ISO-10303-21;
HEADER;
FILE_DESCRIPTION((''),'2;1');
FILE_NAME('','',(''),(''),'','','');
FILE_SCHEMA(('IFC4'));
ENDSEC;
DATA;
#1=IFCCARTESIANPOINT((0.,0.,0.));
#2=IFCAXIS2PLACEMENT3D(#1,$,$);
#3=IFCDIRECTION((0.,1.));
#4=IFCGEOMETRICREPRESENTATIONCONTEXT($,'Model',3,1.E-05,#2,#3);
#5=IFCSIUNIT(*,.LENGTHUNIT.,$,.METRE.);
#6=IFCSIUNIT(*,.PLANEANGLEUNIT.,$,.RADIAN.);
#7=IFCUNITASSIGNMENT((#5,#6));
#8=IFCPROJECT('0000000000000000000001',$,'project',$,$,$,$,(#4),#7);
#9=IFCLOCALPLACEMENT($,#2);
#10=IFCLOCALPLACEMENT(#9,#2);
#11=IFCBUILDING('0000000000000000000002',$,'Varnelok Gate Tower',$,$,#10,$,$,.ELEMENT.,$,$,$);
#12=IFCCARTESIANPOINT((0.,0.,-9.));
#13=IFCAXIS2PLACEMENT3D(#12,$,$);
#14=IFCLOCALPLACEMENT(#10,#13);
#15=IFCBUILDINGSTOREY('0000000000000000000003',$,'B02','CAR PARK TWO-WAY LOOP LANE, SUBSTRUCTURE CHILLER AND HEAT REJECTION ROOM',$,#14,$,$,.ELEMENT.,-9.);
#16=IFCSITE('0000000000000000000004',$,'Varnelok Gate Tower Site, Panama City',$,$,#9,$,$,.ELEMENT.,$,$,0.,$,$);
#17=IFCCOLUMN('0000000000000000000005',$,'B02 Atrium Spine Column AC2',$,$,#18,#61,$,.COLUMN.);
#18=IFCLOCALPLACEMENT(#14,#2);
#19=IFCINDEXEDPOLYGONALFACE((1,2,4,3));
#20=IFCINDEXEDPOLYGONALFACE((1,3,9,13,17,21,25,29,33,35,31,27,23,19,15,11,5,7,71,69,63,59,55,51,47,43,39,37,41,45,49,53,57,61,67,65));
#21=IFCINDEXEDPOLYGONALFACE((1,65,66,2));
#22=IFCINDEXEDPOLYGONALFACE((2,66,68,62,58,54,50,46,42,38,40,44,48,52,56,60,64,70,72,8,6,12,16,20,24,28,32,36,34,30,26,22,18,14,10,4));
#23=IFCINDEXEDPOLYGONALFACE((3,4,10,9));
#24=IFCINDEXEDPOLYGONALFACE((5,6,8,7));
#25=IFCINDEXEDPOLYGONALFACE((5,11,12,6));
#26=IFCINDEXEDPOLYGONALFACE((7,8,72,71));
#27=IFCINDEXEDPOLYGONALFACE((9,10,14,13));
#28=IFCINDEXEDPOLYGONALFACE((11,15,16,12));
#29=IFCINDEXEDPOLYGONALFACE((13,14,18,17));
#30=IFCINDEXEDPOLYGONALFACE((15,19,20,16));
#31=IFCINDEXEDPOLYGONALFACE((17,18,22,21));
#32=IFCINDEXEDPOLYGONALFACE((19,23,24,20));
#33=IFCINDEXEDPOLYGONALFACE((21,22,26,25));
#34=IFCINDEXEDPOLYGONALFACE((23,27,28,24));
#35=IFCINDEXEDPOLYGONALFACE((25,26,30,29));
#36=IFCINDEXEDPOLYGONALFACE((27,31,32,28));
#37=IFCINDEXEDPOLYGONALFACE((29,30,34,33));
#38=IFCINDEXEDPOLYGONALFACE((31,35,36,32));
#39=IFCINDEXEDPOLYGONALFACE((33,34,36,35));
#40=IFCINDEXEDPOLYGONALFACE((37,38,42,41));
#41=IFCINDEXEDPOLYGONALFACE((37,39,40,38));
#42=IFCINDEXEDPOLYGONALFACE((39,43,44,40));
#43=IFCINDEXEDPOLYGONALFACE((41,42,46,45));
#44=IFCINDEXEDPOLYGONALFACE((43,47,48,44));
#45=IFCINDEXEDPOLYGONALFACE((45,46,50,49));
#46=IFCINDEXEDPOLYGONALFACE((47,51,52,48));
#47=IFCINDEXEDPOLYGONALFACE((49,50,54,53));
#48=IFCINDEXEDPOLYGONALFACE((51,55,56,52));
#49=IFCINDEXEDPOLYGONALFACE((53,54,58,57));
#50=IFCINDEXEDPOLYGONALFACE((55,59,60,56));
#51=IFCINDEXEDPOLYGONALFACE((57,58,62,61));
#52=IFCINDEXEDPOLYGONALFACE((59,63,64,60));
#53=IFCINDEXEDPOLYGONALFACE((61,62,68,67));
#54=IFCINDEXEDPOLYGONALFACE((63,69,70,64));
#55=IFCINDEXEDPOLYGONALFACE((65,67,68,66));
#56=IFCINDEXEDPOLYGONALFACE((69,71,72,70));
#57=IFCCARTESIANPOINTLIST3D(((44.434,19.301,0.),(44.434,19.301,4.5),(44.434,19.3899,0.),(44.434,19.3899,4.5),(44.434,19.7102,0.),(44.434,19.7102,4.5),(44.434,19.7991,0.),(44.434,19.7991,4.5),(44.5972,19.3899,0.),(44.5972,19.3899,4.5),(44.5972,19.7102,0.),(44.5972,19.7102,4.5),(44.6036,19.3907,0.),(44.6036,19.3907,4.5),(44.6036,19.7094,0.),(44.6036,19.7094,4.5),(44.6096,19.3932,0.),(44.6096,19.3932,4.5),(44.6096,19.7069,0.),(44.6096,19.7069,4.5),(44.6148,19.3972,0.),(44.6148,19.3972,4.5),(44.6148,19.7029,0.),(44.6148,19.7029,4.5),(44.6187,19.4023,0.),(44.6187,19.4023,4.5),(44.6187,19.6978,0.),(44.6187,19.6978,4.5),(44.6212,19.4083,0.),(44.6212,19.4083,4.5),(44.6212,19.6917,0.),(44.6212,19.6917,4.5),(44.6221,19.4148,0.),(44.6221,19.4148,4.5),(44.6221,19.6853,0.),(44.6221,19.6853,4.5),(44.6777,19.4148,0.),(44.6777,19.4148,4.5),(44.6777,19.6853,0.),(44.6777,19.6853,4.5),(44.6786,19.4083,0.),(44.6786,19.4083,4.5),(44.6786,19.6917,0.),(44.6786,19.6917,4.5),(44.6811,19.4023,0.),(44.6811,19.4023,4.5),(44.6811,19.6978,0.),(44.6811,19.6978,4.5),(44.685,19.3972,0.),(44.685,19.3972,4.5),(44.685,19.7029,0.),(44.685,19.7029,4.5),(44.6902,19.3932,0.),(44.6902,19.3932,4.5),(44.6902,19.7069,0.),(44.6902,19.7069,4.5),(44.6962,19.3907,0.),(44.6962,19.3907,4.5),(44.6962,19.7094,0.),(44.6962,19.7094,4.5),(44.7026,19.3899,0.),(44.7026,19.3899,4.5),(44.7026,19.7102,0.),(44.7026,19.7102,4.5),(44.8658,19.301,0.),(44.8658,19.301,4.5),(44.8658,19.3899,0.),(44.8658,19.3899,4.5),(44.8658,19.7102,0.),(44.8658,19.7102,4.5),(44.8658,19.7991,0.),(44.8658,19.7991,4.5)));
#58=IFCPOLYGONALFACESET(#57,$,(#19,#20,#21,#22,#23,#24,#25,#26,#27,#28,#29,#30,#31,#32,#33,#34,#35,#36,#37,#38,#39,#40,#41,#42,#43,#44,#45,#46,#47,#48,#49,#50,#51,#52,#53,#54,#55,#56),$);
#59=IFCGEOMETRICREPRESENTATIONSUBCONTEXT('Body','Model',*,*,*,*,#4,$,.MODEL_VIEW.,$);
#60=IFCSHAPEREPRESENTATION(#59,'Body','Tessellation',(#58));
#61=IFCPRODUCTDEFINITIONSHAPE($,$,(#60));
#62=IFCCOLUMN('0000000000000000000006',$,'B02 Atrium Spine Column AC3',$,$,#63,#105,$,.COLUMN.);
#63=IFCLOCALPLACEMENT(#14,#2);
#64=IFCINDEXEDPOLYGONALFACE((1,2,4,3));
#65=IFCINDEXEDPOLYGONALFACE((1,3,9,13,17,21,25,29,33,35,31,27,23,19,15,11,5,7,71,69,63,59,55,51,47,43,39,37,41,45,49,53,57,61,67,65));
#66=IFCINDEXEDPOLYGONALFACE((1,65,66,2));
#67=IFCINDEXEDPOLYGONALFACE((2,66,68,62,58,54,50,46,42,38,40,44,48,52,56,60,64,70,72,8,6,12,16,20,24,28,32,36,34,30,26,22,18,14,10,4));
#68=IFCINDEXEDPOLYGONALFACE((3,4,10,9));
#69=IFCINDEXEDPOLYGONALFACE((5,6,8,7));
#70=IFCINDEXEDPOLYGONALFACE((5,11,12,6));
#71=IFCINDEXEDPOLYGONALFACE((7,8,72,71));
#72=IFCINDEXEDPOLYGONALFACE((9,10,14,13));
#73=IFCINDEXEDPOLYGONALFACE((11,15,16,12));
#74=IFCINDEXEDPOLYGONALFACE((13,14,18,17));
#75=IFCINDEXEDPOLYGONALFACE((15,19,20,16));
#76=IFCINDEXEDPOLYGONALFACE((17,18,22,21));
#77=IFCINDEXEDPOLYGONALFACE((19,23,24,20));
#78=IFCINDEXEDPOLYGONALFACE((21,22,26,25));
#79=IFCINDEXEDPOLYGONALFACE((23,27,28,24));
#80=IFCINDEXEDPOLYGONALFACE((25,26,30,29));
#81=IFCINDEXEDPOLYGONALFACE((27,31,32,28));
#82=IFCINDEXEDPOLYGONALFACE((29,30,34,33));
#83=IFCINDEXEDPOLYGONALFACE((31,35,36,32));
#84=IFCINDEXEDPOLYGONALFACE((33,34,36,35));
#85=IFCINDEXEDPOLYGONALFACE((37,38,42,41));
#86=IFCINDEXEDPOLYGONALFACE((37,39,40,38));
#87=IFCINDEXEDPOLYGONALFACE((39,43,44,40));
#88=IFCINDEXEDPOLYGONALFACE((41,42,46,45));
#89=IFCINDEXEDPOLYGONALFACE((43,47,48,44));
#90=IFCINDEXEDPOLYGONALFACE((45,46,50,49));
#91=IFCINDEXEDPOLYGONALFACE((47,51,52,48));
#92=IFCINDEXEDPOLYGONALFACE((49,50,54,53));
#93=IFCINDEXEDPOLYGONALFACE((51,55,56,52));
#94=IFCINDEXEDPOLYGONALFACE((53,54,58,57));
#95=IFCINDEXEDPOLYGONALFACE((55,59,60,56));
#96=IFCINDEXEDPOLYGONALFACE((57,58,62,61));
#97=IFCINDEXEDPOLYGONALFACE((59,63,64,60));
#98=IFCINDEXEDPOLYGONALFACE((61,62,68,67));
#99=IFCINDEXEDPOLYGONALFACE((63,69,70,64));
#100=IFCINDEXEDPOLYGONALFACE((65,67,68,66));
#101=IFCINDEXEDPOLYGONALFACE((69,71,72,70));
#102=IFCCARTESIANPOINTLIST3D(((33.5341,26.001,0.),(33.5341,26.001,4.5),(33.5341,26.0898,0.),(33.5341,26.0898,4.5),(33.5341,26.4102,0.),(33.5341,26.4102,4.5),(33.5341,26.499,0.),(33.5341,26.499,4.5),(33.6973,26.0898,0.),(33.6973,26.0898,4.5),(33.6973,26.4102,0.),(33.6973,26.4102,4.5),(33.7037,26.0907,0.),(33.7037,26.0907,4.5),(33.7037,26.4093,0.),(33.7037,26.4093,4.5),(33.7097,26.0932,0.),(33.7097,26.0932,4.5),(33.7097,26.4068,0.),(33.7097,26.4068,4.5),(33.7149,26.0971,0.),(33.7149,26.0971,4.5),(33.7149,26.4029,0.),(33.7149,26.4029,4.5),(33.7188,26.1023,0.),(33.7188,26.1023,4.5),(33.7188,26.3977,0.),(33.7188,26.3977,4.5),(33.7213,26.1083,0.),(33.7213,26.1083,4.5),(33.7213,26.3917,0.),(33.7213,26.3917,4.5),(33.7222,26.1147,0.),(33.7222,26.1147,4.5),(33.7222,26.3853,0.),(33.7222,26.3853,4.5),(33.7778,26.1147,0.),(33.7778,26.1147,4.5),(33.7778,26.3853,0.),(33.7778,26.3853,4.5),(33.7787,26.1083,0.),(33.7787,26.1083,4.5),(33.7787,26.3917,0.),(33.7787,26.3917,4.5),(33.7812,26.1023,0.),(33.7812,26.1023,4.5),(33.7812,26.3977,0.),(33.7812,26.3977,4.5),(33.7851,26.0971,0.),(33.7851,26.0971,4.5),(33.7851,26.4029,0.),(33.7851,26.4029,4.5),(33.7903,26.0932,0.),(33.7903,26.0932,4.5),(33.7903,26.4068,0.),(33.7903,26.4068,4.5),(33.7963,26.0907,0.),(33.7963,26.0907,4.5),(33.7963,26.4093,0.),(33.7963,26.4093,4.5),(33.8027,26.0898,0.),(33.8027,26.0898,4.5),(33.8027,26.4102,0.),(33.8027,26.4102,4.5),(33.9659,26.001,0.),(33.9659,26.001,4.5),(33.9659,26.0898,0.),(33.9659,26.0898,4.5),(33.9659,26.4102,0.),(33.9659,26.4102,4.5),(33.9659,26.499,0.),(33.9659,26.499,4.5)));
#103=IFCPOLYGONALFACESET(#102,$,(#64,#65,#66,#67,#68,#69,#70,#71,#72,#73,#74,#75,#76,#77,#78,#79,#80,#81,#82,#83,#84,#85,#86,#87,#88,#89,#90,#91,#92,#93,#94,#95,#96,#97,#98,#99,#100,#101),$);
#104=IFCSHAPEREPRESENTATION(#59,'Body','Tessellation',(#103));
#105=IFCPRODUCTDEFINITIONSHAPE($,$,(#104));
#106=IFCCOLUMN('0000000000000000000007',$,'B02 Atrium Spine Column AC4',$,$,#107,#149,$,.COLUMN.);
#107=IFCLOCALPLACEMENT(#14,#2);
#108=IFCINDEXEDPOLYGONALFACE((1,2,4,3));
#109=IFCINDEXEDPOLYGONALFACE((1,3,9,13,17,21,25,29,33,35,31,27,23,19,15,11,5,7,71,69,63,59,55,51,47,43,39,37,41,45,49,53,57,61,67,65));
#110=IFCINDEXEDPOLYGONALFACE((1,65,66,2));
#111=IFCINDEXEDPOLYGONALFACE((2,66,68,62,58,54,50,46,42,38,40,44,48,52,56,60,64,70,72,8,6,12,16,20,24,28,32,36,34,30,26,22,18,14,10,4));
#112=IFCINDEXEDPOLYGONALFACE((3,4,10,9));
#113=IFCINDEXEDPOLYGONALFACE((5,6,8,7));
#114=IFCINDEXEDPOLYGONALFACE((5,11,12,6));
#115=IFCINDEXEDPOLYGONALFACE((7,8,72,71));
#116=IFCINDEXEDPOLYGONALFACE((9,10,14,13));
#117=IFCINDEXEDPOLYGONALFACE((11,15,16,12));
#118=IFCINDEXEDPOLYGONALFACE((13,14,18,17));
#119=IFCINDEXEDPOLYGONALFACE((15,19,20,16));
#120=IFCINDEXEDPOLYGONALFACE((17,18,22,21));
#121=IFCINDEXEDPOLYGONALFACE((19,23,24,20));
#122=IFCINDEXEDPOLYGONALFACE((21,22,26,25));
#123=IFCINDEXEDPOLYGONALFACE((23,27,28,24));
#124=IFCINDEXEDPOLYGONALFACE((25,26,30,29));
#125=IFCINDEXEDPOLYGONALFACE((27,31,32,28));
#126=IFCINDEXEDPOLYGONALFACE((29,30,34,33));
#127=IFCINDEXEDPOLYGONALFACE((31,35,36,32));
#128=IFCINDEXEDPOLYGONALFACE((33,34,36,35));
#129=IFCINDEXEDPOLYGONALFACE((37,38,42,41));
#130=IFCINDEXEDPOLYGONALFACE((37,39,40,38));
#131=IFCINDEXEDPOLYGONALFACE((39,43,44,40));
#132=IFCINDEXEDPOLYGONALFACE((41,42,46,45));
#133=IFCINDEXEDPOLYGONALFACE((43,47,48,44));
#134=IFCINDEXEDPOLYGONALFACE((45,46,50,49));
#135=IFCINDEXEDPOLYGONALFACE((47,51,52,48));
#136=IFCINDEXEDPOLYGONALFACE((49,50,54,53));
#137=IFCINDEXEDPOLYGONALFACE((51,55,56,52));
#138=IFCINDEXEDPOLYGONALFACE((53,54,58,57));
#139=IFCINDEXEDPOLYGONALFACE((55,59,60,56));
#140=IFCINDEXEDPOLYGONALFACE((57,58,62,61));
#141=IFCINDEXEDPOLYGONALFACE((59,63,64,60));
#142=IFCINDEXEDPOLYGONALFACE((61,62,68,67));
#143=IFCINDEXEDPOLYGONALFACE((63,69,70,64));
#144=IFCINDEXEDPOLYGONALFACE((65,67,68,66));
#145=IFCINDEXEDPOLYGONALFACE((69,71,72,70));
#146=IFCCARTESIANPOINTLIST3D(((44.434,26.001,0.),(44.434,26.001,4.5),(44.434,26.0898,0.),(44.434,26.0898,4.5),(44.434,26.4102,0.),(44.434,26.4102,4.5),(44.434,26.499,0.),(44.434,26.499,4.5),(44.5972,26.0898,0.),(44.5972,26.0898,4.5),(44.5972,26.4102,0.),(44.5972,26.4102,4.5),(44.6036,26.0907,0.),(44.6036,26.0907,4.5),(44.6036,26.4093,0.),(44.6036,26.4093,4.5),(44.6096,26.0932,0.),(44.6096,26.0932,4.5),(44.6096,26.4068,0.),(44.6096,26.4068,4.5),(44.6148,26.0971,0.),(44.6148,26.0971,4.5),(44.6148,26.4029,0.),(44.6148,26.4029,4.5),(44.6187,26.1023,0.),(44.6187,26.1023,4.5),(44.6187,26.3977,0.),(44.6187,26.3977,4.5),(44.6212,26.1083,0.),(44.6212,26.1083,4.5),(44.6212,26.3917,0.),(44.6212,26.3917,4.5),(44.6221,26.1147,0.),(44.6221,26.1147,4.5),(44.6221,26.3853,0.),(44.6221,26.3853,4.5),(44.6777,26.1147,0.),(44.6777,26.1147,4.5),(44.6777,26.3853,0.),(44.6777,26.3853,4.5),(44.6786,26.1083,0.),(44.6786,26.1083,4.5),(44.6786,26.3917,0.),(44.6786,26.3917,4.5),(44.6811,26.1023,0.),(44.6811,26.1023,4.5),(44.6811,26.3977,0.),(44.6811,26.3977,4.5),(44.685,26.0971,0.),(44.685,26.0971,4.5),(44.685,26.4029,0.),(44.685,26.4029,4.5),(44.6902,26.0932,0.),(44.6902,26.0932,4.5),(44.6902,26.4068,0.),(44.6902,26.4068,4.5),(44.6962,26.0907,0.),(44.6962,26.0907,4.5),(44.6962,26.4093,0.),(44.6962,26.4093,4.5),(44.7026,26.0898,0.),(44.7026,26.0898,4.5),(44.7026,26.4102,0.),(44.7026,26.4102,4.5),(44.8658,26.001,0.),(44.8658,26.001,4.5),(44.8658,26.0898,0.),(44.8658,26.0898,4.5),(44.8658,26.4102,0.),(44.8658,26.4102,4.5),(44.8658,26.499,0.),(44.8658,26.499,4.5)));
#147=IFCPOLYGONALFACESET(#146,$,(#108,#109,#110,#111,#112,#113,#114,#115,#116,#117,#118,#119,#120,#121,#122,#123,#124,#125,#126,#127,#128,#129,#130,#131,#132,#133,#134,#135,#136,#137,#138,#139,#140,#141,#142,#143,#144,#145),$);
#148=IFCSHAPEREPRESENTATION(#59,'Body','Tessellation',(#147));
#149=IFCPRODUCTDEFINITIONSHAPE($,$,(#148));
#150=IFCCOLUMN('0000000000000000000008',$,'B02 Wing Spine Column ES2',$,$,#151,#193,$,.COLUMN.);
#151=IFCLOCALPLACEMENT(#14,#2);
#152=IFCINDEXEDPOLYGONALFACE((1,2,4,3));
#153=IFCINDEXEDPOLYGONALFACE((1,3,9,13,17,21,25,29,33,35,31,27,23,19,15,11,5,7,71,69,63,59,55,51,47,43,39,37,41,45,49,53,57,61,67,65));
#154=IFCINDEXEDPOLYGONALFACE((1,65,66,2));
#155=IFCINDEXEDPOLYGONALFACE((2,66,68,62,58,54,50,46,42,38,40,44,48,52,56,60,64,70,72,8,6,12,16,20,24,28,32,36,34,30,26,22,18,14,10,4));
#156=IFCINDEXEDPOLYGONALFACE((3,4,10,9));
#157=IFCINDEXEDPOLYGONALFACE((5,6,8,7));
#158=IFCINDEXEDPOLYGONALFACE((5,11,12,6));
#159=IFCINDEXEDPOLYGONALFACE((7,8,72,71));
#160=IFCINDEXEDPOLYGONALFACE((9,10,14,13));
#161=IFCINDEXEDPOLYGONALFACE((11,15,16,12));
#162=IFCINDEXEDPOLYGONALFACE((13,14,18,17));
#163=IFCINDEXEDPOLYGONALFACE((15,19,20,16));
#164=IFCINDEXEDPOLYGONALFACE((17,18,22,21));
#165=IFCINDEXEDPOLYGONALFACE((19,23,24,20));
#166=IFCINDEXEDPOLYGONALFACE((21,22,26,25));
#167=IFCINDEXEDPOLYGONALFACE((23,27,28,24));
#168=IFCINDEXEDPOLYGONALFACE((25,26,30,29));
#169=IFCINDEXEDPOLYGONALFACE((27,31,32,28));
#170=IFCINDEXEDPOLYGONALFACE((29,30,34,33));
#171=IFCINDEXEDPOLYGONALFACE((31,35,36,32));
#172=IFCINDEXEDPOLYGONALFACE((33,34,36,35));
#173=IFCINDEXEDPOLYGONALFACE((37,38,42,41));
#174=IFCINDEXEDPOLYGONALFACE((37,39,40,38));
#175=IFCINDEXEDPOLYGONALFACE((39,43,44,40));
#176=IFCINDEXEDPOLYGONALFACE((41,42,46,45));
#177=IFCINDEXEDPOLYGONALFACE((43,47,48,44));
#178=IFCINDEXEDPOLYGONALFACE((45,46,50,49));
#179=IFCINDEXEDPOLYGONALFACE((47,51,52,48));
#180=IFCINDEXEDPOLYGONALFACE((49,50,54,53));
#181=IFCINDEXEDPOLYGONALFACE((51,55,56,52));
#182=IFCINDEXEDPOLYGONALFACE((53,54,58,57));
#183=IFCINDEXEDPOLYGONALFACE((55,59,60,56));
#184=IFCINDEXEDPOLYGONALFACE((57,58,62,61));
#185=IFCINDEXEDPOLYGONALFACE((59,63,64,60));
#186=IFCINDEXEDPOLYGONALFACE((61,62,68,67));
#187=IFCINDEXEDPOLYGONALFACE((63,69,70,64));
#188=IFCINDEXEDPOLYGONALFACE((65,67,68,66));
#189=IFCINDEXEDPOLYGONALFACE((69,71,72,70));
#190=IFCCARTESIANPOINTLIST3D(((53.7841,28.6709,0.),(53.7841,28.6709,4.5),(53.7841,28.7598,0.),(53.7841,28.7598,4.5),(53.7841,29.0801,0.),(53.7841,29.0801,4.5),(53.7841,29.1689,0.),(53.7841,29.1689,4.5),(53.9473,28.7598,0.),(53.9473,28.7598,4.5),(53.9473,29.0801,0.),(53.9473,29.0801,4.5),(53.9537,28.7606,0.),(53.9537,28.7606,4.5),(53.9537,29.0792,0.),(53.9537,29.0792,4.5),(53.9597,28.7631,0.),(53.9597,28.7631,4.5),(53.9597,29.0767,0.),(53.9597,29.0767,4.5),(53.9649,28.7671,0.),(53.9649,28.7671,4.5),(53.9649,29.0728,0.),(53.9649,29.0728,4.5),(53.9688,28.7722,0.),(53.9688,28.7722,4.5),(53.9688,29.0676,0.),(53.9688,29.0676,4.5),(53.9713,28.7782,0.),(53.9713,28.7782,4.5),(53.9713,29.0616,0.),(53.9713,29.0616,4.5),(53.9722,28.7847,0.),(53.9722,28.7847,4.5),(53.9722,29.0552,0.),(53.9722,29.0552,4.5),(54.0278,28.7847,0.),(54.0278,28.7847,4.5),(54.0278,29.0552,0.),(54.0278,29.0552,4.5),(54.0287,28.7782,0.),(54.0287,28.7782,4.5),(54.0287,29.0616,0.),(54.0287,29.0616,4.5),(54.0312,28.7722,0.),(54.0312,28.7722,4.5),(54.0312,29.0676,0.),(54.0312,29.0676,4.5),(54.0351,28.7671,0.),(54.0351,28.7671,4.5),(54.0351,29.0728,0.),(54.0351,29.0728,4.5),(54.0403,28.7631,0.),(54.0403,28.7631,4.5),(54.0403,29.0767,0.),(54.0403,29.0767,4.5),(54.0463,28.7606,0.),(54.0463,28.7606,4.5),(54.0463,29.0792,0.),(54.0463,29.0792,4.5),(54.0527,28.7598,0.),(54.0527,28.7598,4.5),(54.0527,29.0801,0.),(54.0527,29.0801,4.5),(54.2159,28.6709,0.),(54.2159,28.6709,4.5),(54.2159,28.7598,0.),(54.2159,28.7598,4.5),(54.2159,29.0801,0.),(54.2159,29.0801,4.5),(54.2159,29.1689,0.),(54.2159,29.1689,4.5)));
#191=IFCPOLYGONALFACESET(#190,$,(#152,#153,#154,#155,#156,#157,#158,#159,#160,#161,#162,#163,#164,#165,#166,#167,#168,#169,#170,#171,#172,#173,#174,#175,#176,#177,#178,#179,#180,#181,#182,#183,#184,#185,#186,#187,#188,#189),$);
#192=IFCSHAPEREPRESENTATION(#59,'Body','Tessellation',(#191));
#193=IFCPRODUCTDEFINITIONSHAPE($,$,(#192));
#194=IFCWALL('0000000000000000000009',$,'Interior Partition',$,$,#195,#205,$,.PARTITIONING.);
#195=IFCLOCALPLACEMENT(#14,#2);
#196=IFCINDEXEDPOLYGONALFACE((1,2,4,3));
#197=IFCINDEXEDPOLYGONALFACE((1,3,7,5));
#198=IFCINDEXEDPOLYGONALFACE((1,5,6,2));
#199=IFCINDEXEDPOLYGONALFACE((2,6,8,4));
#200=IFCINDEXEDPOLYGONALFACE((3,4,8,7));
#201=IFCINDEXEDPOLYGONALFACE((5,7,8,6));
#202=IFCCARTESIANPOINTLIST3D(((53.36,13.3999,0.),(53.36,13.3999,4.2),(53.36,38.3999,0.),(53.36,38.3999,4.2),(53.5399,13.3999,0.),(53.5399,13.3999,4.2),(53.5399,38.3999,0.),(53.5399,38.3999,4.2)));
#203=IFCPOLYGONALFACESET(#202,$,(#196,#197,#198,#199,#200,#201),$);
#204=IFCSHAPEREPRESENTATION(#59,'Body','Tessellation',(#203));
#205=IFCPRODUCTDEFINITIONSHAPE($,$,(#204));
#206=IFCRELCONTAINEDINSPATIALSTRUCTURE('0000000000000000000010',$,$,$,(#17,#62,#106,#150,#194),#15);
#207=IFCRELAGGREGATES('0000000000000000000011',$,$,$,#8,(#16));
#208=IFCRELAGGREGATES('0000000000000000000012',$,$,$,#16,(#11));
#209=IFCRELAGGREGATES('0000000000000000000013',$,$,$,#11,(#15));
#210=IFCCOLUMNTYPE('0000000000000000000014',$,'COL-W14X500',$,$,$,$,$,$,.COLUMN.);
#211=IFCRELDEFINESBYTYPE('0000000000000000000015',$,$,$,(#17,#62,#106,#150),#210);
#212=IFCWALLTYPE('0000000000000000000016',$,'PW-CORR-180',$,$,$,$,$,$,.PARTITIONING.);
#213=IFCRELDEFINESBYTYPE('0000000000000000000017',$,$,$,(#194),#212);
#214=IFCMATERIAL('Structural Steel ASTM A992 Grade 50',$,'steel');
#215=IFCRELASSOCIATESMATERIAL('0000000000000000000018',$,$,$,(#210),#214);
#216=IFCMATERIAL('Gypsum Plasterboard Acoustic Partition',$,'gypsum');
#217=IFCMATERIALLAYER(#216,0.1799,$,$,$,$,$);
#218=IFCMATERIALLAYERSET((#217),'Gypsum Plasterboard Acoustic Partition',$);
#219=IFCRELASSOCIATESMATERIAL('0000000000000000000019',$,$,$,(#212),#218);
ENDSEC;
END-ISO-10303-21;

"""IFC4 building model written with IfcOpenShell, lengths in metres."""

from ifc_helpers import new_model, si_unit, direction, frame, frame_2d, origin, origin_2d, place, context, subcontext, project, spatial, rectangle, i_section, extrude, material, layer, layer_set, material_profile, profile_set, type_object, element, save


model = new_model("IFC4")

# Units and contexts
model_context = context("Model", 3, precision=1e-05, world=origin(), true_north=direction((0.0, 1.0)))
body_context = subcontext(model_context, "Body", "Model", "MODEL_VIEW")
ifc_project = project(units=[si_unit("LENGTHUNIT", "METRE"), si_unit("PLANEANGLEUNIT", "RADIAN")], contexts=[model_context])

# Site, building, storey
site_placement = place(None, origin())
site = spatial("IfcSite", under=ifc_project, at=site_placement, Name="Varnelok Gate Tower Site, Panama City", CompositionType="ELEMENT", RefElevation=0.0)
building_placement = place(site_placement, origin())
building = spatial("IfcBuilding", under=site, at=building_placement, Name="Varnelok Gate Tower", CompositionType="ELEMENT")
storey_placement = place(building_placement, frame((0.0, 0.0, -9.0)))
storey = spatial("IfcBuildingStorey", under=building, at=storey_placement, Name="B02", Description="CAR PARK TWO-WAY LOOP LANE, SUBSTRUCTURE CHILLER AND HEAT REJECTION ROOM", CompositionType="ELEMENT", Elevation=-9.0)

# Columns
ifc_material_1 = material(Name="Structural Steel ASTM A992 Grade 50", Category="steel")
ifc_material_profile_1 = material_profile(ifc_material_1, i_section(OverallWidth=0.4319, OverallDepth=0.498, WebThickness=0.0557, FlangeThickness=0.0889, FilletRadius=0.0249, at=origin_2d()), Name="W14X500")
ifc_profile_set_1 = profile_set([ifc_material_profile_1], Name="Structural Steel ASTM A992 Grade 50")
column_type_1 = type_object("IfcColumnType", Name="COL-W14X500", PredefinedType="COLUMN", material=ifc_profile_set_1)
for number, where, z_axis, x_axis, name in (
    (1, (44.6499, 19.55, 0.0), (0.0, 0.0, 1.0), (1.0, 0.0, 0.0), "B02 Atrium Spine Column AC2"),
    (2, (33.75, 26.25, 0.0), (0.0, 0.0, 1.0), (1.0, 0.0, 0.0), "B02 Atrium Spine Column AC3"),
    (3, (44.6499, 26.25, 0.0), (0.0, 0.0, 1.0), (1.0, 0.0, 0.0), "B02 Atrium Spine Column AC4"),
    (4, (54.0, 28.9199, 0.0), (0.0, 0.0, 1.0), (1.0, 0.0, 0.0), "B02 Wing Spine Column ES2"),
):
    element("IfcColumn", number, at=place(storey_placement, frame(where, z_axis=z_axis, x_axis=x_axis)), inside=storey, type_object=column_type_1, Name=name, PredefinedType="COLUMN", context=body_context, shape_type="SweptSolid", body=[
        extrude(i_section(OverallWidth=0.4319, OverallDepth=0.498, WebThickness=0.0557, FlangeThickness=0.0889, FilletRadius=0.0249, at=origin_2d()), origin(), (0.0, 0.0, 1.0), 4.5),
    ])

# Wall
ifc_material_2 = material(Name="Gypsum Plasterboard Acoustic Partition", Category="gypsum")
ifc_layer_1 = layer(ifc_material_2, 0.1799)
ifc_layer_set_1 = layer_set([ifc_layer_1], Name="Gypsum Plasterboard Acoustic Partition")
wall_type_1 = type_object("IfcWallType", Name="PW-CORR-180", PredefinedType="PARTITIONING", material=ifc_layer_set_1)
wall_1_placement = place(storey_placement, frame((53.45, 13.3999, 0.0), z_axis=(0.0, 0.0, 1.0), x_axis=(0.0, 1.0, 0.0)))
element("IfcWall", 5, at=wall_1_placement, inside=storey, type_object=wall_type_1, Name="Interior Partition", PredefinedType="PARTITIONING", context=body_context, shape_type="SweptSolid", body=[
    extrude(rectangle(XDim=25.0, YDim=0.1799, at=frame_2d((12.5, 0.0))), origin(), (0.0, 0.0, 1.0), 4.2),
])

save(model, "model.ifc")
